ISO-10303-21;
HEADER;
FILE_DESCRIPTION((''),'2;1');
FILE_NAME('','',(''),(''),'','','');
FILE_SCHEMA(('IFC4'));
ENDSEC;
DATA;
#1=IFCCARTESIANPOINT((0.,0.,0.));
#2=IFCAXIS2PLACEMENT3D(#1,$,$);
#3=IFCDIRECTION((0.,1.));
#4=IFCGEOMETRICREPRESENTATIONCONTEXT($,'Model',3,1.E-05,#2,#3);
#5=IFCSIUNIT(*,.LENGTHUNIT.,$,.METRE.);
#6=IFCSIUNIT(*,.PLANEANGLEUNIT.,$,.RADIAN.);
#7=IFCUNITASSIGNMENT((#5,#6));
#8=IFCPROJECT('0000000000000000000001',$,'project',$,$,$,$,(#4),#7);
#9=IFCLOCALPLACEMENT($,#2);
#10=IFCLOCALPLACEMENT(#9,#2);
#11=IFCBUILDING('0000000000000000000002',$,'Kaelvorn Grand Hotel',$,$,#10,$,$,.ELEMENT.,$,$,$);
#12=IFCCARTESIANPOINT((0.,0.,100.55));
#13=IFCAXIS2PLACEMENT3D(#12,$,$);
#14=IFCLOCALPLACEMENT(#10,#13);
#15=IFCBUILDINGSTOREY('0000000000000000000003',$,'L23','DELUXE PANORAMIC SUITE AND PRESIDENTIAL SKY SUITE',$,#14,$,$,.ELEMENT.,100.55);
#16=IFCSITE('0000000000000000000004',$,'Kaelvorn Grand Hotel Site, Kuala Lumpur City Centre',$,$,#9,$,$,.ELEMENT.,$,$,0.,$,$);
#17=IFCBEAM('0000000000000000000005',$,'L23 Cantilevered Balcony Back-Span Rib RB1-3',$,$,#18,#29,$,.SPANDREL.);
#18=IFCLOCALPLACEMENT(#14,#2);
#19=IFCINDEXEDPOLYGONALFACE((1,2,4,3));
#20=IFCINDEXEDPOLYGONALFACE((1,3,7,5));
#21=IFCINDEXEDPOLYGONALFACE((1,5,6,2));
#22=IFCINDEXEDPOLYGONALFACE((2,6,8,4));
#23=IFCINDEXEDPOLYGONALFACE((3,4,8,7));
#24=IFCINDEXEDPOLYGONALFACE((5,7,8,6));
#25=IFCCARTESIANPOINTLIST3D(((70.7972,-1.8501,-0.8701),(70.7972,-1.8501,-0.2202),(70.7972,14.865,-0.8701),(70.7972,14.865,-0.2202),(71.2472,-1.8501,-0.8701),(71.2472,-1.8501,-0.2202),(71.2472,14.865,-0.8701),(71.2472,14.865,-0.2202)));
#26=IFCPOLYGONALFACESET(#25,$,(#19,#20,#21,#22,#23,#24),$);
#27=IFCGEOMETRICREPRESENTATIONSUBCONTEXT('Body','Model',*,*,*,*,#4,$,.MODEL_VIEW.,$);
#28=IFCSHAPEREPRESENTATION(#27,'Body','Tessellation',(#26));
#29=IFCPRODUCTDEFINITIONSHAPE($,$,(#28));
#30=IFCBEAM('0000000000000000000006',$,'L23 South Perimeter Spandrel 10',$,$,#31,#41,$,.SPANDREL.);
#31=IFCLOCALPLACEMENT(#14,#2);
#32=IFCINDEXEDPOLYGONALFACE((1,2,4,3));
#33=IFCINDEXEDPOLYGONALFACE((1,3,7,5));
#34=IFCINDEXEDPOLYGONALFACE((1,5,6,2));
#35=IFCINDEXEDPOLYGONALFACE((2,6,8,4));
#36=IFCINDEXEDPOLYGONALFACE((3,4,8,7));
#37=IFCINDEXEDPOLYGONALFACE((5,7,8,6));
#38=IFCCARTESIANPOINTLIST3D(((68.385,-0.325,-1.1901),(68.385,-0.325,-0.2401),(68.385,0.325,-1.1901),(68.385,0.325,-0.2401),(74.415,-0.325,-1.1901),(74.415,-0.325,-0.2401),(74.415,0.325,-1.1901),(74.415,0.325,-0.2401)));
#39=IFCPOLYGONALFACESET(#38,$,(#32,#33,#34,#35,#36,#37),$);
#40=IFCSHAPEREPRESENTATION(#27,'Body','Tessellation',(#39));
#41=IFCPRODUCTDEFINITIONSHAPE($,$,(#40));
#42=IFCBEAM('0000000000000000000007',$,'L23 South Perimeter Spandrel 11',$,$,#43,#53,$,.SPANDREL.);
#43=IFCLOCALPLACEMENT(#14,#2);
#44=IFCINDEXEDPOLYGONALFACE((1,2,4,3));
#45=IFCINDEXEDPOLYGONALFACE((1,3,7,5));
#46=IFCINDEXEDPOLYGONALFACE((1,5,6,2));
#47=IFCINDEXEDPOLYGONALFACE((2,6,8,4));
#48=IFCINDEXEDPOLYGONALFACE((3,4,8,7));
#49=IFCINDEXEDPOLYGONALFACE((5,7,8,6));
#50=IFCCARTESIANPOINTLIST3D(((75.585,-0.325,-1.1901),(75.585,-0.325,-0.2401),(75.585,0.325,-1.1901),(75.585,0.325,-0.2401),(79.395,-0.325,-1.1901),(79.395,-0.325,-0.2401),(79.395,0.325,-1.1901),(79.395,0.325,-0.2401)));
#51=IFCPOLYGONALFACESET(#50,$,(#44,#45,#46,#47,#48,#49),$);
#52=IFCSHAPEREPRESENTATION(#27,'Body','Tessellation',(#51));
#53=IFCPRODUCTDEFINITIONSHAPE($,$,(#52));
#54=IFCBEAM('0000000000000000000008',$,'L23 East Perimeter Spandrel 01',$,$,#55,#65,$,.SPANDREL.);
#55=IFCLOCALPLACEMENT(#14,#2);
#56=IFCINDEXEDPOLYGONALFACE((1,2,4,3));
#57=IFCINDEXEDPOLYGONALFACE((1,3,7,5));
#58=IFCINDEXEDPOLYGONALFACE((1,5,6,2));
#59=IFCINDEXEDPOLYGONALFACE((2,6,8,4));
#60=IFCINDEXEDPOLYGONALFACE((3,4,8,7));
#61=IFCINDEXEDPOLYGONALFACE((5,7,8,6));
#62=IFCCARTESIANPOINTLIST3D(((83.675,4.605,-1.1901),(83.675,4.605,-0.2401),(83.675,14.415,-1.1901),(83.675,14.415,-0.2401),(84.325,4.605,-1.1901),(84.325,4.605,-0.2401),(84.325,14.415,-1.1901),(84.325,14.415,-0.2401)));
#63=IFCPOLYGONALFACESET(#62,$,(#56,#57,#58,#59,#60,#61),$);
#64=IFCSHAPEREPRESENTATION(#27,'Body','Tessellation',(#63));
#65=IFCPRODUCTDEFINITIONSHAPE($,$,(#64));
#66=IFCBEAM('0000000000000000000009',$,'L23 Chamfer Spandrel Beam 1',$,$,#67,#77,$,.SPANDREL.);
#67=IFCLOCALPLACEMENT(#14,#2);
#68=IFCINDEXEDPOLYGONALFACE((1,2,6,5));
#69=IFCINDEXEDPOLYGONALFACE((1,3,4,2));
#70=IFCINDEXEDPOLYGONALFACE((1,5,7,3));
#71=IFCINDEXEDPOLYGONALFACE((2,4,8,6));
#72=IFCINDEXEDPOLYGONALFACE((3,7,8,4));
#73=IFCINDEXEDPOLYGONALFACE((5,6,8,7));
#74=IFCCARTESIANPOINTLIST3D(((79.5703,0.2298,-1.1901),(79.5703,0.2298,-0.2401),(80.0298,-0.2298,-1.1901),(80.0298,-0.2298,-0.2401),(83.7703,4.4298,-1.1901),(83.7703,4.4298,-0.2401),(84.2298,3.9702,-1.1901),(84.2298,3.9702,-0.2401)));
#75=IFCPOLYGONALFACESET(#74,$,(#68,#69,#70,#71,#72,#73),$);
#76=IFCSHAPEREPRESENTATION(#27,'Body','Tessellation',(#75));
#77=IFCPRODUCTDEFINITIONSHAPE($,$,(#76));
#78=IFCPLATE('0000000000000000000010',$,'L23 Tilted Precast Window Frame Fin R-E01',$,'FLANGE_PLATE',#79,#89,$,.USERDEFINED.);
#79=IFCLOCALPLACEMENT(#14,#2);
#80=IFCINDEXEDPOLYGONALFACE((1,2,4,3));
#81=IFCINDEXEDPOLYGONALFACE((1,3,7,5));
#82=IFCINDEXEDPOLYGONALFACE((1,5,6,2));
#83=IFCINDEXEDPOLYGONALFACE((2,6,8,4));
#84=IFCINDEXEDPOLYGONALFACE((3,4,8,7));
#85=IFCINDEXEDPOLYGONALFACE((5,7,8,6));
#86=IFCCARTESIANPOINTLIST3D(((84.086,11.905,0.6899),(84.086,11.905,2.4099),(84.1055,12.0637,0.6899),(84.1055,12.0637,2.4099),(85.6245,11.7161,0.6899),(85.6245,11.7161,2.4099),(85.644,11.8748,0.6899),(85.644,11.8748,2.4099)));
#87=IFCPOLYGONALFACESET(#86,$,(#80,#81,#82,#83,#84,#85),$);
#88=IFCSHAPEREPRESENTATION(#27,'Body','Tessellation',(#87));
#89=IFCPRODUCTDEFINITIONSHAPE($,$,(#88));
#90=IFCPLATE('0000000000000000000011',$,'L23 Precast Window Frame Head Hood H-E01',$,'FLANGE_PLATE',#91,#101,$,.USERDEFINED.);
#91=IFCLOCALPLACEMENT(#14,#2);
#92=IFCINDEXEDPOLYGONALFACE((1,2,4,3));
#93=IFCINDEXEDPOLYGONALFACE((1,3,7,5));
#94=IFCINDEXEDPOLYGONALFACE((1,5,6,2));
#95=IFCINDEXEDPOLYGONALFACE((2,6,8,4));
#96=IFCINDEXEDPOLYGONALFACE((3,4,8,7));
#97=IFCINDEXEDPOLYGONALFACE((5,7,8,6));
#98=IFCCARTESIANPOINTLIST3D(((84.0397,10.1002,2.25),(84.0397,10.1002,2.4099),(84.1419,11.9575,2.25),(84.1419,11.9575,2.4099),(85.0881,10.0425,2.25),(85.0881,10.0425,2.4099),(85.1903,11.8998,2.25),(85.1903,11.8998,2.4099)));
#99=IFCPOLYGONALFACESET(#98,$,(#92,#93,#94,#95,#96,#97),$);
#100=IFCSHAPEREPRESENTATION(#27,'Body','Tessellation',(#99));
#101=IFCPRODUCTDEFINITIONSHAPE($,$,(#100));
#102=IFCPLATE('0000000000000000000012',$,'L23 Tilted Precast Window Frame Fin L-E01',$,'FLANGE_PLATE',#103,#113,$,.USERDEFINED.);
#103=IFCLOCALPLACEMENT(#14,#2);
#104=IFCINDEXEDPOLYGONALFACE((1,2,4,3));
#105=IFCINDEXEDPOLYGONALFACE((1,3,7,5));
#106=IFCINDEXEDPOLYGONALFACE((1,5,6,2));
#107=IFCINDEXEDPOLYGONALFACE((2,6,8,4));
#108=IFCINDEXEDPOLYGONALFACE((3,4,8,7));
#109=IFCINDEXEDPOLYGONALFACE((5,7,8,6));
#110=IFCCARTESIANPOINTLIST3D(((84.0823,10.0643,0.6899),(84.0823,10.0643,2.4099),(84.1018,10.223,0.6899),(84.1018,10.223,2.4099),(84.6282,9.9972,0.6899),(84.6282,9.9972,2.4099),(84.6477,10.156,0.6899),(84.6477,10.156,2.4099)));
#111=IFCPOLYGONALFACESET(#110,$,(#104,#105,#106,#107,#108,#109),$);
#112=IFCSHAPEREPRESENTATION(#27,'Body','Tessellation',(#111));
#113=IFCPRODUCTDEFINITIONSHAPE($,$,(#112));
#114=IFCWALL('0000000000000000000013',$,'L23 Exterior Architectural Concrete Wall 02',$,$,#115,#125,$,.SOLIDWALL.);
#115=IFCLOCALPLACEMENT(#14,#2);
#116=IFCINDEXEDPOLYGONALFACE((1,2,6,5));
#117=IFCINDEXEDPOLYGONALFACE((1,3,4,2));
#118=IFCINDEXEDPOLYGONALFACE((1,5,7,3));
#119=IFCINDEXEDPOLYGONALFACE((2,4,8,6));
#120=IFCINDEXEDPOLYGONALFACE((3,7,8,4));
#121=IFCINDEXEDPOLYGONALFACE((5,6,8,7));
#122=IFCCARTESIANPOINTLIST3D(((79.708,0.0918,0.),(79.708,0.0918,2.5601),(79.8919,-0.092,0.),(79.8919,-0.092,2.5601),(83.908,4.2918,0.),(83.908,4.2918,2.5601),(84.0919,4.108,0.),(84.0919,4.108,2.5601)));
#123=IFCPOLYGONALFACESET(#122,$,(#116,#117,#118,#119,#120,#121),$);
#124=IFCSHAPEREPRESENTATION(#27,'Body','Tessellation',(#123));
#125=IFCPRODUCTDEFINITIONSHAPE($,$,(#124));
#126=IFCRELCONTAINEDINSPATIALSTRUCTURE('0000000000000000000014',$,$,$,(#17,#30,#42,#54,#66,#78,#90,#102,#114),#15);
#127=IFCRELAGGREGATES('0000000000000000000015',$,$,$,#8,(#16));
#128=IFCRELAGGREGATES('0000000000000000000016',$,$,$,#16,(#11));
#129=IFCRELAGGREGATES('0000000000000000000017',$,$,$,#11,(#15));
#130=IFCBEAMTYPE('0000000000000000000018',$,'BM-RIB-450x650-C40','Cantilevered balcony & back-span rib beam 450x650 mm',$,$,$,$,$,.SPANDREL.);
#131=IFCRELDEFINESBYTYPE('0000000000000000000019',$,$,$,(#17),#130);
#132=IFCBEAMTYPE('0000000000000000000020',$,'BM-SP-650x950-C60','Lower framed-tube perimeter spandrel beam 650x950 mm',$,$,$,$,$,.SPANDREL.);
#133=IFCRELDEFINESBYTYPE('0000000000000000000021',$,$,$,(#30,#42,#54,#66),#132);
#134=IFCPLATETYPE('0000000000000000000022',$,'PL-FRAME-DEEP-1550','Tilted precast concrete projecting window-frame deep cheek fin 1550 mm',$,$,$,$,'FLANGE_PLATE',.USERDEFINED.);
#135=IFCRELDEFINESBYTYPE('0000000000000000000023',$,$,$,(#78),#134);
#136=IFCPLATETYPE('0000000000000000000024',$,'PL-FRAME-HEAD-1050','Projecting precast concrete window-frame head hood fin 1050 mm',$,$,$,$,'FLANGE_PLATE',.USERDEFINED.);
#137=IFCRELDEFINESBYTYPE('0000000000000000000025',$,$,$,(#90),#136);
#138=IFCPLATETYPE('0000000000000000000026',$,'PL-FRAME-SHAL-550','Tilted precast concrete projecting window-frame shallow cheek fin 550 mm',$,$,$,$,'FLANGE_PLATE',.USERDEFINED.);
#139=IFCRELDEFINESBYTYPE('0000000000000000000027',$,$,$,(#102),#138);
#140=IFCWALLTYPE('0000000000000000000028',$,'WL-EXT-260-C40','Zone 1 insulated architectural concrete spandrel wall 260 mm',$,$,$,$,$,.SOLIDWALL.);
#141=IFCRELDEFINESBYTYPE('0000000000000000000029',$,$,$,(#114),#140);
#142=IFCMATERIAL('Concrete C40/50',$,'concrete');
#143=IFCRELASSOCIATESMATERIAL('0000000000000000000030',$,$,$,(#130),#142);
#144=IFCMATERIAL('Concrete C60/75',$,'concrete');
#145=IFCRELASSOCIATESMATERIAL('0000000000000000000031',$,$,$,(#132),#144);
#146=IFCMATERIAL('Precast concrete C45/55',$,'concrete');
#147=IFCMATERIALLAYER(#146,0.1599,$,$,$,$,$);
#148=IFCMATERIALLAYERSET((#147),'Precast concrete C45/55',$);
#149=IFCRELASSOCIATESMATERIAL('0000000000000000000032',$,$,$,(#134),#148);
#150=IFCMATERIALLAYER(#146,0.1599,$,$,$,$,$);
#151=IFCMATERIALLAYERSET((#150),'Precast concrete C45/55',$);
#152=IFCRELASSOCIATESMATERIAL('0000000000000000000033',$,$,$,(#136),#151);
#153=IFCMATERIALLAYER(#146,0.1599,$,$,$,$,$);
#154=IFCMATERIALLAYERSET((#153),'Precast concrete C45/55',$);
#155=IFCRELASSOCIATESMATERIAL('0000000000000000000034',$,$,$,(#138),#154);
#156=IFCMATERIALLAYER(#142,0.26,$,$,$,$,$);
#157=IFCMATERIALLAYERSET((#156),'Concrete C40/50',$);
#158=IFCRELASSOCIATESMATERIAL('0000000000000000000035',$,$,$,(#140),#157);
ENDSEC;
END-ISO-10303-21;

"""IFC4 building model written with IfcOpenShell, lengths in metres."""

from ifc_helpers import new_model, si_unit, direction, frame, frame_2d, origin, origin_2d, place, context, subcontext, project, spatial, rectangle, extrude, material, layer, layer_set, material_profile, profile_set, type_object, element, save


model = new_model("IFC4")

# Units and contexts
model_context = context("Model", 3, precision=1e-05, world=origin(), true_north=direction((0.0, 1.0)))
body_context = subcontext(model_context, "Body", "Model", "MODEL_VIEW")
ifc_project = project(units=[si_unit("LENGTHUNIT", "METRE"), si_unit("PLANEANGLEUNIT", "RADIAN")], contexts=[model_context])

# Site, building, storey
site_placement = place(None, origin())
site = spatial("IfcSite", under=ifc_project, at=site_placement, Name="Kaelvorn Grand Hotel Site, Kuala Lumpur City Centre", CompositionType="ELEMENT", RefElevation=0.0)
building_placement = place(site_placement, origin())
building = spatial("IfcBuilding", under=site, at=building_placement, Name="Kaelvorn Grand Hotel", CompositionType="ELEMENT")
storey_placement = place(building_placement, frame((0.0, 0.0, 100.55)))
storey = spatial("IfcBuildingStorey", under=building, at=storey_placement, Name="L23", Description="DELUXE PANORAMIC SUITE AND PRESIDENTIAL SKY SUITE", CompositionType="ELEMENT", Elevation=100.55)

# Shared definitions
ifc_material_1 = material(Name="Concrete C60/75", Category="concrete")

# Beams
ifc_material_2 = material(Name="Concrete C40/50", Category="concrete")
ifc_material_profile_1 = material_profile(ifc_material_2, rectangle(XDim=0.45, YDim=0.6499, at=origin_2d()), Name="RC RIB 450x650")
ifc_profile_set_1 = profile_set([ifc_material_profile_1], Name="Concrete C40/50")
beam_type_1 = type_object("IfcBeamType", Name="BM-RIB-450x650-C40", Description="Cantilevered balcony & back-span rib beam 450x650 mm", PredefinedType="SPANDREL", material=ifc_profile_set_1)
beam_1_placement = place(storey_placement, frame((71.0222, -1.8501, -0.5452), z_axis=(0.0, 1.0, 0.0), x_axis=(-1.0, 0.0, 0.0)))
element("IfcBeam", 1, at=beam_1_placement, inside=storey, type_object=beam_type_1, Name="L23 Cantilevered Balcony Back-Span Rib RB1-3", PredefinedType="SPANDREL", context=body_context, shape_type="SweptSolid", body=[
    extrude(rectangle(XDim=0.45, YDim=0.6499, at=origin_2d()), origin(), (0.0, 0.0, 1.0), 16.7151),
])
ifc_material_profile_2 = material_profile(ifc_material_1, rectangle(XDim=0.6499, YDim=0.95, at=origin_2d()), Name="RC SPANDREL 650x950")
ifc_profile_set_2 = profile_set([ifc_material_profile_2], Name="Concrete C60/75")
beam_type_2 = type_object("IfcBeamType", Name="BM-SP-650x950-C60", Description="Lower framed-tube perimeter spandrel beam 650x950 mm", PredefinedType="SPANDREL", material=ifc_profile_set_2)
beam_2_placement = place(storey_placement, frame((68.385, 0.0, -0.7151), z_axis=(1.0, 0.0, 0.0), x_axis=(0.0, 1.0, 0.0)))
element("IfcBeam", 2, at=beam_2_placement, inside=storey, type_object=beam_type_2, Name="L23 South Perimeter Spandrel 10", PredefinedType="SPANDREL", context=body_context, shape_type="SweptSolid", body=[
    extrude(rectangle(XDim=0.6499, YDim=0.95, at=origin_2d()), origin(), (0.0, 0.0, 1.0), 6.03),
])
beam_3_placement = place(storey_placement, frame((75.585, 0.0, -0.7151), z_axis=(1.0, 0.0, 0.0), x_axis=(0.0, 1.0, 0.0)))
element("IfcBeam", 3, at=beam_3_placement, inside=storey, type_object=beam_type_2, Name="L23 South Perimeter Spandrel 11", PredefinedType="SPANDREL", context=body_context, shape_type="SweptSolid", body=[
    extrude(rectangle(XDim=0.6499, YDim=0.95, at=origin_2d()), origin(), (0.0, 0.0, 1.0), 3.8101),
])
beam_4_placement = place(storey_placement, frame((84.0, 4.605, -0.7151), z_axis=(0.0, 1.0, 0.0), x_axis=(-1.0, 0.0, 0.0)))
element("IfcBeam", 4, at=beam_4_placement, inside=storey, type_object=beam_type_2, Name="L23 East Perimeter Spandrel 01", PredefinedType="SPANDREL", context=body_context, shape_type="SweptSolid", body=[
    extrude(rectangle(XDim=0.6499, YDim=0.95, at=origin_2d()), origin(), (0.0, 0.0, 1.0), 9.8101),
])
beam_5_placement = place(storey_placement, frame((79.8, 0.0, -0.7151), z_axis=(0.707107, 0.707107, 0.0), x_axis=(-0.707107, 0.707107, 0.0)))
element("IfcBeam", 5, at=beam_5_placement, inside=storey, type_object=beam_type_2, Name="L23 Chamfer Spandrel Beam 1", PredefinedType="SPANDREL", context=body_context, shape_type="SweptSolid", body=[
    extrude(rectangle(XDim=0.6499, YDim=0.95, at=origin_2d()), origin(), (0.0, 0.0, 1.0), 5.9397),
])

# Plates
ifc_material_3 = material(Name="Precast concrete C45/55", Category="concrete")
ifc_layer_1 = layer(ifc_material_3, 0.1599)
ifc_layer_set_1 = layer_set([ifc_layer_1], Name="Precast concrete C45/55")
plate_type_1 = type_object("IfcPlateType", Name="PL-FRAME-DEEP-1550", Description="Tilted precast concrete projecting window-frame deep cheek fin 1550 mm", ElementType="FLANGE_PLATE", PredefinedType="USERDEFINED", material=ifc_layer_set_1)
plate_1_placement = place(storey_placement, frame((84.865, 11.8899, 0.6899), z_axis=(0.0, 0.0, 1.0), x_axis=(0.121869, 0.992546, 0.0)))
element("IfcPlate", 6, at=plate_1_placement, inside=storey, type_object=plate_type_1, Name="L23 Tilted Precast Window Frame Fin R-E01", ObjectType="FLANGE_PLATE", PredefinedType="USERDEFINED", context=body_context, shape_type="SweptSolid", body=[
    extrude(rectangle(XDim=0.1599, YDim=1.55, at=origin_2d()), origin(), (0.0, 0.0, 1.0), 1.72),
])
ifc_layer_2 = layer(ifc_material_3, 0.1599)
ifc_layer_set_2 = layer_set([ifc_layer_2], Name="Precast concrete C45/55")
plate_type_2 = type_object("IfcPlateType", Name="PL-FRAME-HEAD-1050", Description="Projecting precast concrete window-frame head hood fin 1050 mm", ElementType="FLANGE_PLATE", PredefinedType="USERDEFINED", material=ifc_layer_set_2)
plate_2_placement = place(storey_placement, frame((84.615, 11.0, 2.25), z_axis=(0.0, 0.0, 1.0), x_axis=(0.05495, 0.998489, 0.0)))
element("IfcPlate", 7, at=plate_2_placement, inside=storey, type_object=plate_type_2, Name="L23 Precast Window Frame Head Hood H-E01", ObjectType="FLANGE_PLATE", PredefinedType="USERDEFINED", context=body_context, shape_type="SweptSolid", body=[
    extrude(rectangle(XDim=1.8601, YDim=1.05, at=origin_2d()), origin(), (0.0, 0.0, 1.0), 0.1599),
])
ifc_layer_3 = layer(ifc_material_3, 0.1599)
ifc_layer_set_3 = layer_set([ifc_layer_3], Name="Precast concrete C45/55")
plate_type_3 = type_object("IfcPlateType", Name="PL-FRAME-SHAL-550", Description="Tilted precast concrete projecting window-frame shallow cheek fin 550 mm", ElementType="FLANGE_PLATE", PredefinedType="USERDEFINED", material=ifc_layer_set_3)
plate_3_placement = place(storey_placement, frame((84.365, 10.1101, 0.6899), z_axis=(0.0, 0.0, 1.0), x_axis=(0.121869, 0.992546, 0.0)))
element("IfcPlate", 8, at=plate_3_placement, inside=storey, type_object=plate_type_3, Name="L23 Tilted Precast Window Frame Fin L-E01", ObjectType="FLANGE_PLATE", PredefinedType="USERDEFINED", context=body_context, shape_type="SweptSolid", body=[
    extrude(rectangle(XDim=0.1599, YDim=0.55, at=origin_2d()), origin(), (0.0, 0.0, 1.0), 1.72),
])

# Wall
ifc_layer_4 = layer(ifc_material_2, 0.26)
ifc_layer_set_4 = layer_set([ifc_layer_4], Name="Concrete C40/50")
wall_type_1 = type_object("IfcWallType", Name="WL-EXT-260-C40", Description="Zone 1 insulated architectural concrete spandrel wall 260 mm", PredefinedType="SOLIDWALL", material=ifc_layer_set_4)
wall_1_placement = place(storey_placement, frame((79.8, 0.0, 0.0), z_axis=(0.0, 0.0, 1.0), x_axis=(0.707107, 0.707107, 0.0)))
element("IfcWall", 9, at=wall_1_placement, inside=storey, type_object=wall_type_1, Name="L23 Exterior Architectural Concrete Wall 02", PredefinedType="SOLIDWALL", context=body_context, shape_type="SweptSolid", body=[
    extrude(rectangle(XDim=5.9397, YDim=0.26, at=frame_2d((2.9697, 0.0))), origin(), (0.0, 0.0, 1.0), 2.5601),
])

save(model, "model.ifc")
